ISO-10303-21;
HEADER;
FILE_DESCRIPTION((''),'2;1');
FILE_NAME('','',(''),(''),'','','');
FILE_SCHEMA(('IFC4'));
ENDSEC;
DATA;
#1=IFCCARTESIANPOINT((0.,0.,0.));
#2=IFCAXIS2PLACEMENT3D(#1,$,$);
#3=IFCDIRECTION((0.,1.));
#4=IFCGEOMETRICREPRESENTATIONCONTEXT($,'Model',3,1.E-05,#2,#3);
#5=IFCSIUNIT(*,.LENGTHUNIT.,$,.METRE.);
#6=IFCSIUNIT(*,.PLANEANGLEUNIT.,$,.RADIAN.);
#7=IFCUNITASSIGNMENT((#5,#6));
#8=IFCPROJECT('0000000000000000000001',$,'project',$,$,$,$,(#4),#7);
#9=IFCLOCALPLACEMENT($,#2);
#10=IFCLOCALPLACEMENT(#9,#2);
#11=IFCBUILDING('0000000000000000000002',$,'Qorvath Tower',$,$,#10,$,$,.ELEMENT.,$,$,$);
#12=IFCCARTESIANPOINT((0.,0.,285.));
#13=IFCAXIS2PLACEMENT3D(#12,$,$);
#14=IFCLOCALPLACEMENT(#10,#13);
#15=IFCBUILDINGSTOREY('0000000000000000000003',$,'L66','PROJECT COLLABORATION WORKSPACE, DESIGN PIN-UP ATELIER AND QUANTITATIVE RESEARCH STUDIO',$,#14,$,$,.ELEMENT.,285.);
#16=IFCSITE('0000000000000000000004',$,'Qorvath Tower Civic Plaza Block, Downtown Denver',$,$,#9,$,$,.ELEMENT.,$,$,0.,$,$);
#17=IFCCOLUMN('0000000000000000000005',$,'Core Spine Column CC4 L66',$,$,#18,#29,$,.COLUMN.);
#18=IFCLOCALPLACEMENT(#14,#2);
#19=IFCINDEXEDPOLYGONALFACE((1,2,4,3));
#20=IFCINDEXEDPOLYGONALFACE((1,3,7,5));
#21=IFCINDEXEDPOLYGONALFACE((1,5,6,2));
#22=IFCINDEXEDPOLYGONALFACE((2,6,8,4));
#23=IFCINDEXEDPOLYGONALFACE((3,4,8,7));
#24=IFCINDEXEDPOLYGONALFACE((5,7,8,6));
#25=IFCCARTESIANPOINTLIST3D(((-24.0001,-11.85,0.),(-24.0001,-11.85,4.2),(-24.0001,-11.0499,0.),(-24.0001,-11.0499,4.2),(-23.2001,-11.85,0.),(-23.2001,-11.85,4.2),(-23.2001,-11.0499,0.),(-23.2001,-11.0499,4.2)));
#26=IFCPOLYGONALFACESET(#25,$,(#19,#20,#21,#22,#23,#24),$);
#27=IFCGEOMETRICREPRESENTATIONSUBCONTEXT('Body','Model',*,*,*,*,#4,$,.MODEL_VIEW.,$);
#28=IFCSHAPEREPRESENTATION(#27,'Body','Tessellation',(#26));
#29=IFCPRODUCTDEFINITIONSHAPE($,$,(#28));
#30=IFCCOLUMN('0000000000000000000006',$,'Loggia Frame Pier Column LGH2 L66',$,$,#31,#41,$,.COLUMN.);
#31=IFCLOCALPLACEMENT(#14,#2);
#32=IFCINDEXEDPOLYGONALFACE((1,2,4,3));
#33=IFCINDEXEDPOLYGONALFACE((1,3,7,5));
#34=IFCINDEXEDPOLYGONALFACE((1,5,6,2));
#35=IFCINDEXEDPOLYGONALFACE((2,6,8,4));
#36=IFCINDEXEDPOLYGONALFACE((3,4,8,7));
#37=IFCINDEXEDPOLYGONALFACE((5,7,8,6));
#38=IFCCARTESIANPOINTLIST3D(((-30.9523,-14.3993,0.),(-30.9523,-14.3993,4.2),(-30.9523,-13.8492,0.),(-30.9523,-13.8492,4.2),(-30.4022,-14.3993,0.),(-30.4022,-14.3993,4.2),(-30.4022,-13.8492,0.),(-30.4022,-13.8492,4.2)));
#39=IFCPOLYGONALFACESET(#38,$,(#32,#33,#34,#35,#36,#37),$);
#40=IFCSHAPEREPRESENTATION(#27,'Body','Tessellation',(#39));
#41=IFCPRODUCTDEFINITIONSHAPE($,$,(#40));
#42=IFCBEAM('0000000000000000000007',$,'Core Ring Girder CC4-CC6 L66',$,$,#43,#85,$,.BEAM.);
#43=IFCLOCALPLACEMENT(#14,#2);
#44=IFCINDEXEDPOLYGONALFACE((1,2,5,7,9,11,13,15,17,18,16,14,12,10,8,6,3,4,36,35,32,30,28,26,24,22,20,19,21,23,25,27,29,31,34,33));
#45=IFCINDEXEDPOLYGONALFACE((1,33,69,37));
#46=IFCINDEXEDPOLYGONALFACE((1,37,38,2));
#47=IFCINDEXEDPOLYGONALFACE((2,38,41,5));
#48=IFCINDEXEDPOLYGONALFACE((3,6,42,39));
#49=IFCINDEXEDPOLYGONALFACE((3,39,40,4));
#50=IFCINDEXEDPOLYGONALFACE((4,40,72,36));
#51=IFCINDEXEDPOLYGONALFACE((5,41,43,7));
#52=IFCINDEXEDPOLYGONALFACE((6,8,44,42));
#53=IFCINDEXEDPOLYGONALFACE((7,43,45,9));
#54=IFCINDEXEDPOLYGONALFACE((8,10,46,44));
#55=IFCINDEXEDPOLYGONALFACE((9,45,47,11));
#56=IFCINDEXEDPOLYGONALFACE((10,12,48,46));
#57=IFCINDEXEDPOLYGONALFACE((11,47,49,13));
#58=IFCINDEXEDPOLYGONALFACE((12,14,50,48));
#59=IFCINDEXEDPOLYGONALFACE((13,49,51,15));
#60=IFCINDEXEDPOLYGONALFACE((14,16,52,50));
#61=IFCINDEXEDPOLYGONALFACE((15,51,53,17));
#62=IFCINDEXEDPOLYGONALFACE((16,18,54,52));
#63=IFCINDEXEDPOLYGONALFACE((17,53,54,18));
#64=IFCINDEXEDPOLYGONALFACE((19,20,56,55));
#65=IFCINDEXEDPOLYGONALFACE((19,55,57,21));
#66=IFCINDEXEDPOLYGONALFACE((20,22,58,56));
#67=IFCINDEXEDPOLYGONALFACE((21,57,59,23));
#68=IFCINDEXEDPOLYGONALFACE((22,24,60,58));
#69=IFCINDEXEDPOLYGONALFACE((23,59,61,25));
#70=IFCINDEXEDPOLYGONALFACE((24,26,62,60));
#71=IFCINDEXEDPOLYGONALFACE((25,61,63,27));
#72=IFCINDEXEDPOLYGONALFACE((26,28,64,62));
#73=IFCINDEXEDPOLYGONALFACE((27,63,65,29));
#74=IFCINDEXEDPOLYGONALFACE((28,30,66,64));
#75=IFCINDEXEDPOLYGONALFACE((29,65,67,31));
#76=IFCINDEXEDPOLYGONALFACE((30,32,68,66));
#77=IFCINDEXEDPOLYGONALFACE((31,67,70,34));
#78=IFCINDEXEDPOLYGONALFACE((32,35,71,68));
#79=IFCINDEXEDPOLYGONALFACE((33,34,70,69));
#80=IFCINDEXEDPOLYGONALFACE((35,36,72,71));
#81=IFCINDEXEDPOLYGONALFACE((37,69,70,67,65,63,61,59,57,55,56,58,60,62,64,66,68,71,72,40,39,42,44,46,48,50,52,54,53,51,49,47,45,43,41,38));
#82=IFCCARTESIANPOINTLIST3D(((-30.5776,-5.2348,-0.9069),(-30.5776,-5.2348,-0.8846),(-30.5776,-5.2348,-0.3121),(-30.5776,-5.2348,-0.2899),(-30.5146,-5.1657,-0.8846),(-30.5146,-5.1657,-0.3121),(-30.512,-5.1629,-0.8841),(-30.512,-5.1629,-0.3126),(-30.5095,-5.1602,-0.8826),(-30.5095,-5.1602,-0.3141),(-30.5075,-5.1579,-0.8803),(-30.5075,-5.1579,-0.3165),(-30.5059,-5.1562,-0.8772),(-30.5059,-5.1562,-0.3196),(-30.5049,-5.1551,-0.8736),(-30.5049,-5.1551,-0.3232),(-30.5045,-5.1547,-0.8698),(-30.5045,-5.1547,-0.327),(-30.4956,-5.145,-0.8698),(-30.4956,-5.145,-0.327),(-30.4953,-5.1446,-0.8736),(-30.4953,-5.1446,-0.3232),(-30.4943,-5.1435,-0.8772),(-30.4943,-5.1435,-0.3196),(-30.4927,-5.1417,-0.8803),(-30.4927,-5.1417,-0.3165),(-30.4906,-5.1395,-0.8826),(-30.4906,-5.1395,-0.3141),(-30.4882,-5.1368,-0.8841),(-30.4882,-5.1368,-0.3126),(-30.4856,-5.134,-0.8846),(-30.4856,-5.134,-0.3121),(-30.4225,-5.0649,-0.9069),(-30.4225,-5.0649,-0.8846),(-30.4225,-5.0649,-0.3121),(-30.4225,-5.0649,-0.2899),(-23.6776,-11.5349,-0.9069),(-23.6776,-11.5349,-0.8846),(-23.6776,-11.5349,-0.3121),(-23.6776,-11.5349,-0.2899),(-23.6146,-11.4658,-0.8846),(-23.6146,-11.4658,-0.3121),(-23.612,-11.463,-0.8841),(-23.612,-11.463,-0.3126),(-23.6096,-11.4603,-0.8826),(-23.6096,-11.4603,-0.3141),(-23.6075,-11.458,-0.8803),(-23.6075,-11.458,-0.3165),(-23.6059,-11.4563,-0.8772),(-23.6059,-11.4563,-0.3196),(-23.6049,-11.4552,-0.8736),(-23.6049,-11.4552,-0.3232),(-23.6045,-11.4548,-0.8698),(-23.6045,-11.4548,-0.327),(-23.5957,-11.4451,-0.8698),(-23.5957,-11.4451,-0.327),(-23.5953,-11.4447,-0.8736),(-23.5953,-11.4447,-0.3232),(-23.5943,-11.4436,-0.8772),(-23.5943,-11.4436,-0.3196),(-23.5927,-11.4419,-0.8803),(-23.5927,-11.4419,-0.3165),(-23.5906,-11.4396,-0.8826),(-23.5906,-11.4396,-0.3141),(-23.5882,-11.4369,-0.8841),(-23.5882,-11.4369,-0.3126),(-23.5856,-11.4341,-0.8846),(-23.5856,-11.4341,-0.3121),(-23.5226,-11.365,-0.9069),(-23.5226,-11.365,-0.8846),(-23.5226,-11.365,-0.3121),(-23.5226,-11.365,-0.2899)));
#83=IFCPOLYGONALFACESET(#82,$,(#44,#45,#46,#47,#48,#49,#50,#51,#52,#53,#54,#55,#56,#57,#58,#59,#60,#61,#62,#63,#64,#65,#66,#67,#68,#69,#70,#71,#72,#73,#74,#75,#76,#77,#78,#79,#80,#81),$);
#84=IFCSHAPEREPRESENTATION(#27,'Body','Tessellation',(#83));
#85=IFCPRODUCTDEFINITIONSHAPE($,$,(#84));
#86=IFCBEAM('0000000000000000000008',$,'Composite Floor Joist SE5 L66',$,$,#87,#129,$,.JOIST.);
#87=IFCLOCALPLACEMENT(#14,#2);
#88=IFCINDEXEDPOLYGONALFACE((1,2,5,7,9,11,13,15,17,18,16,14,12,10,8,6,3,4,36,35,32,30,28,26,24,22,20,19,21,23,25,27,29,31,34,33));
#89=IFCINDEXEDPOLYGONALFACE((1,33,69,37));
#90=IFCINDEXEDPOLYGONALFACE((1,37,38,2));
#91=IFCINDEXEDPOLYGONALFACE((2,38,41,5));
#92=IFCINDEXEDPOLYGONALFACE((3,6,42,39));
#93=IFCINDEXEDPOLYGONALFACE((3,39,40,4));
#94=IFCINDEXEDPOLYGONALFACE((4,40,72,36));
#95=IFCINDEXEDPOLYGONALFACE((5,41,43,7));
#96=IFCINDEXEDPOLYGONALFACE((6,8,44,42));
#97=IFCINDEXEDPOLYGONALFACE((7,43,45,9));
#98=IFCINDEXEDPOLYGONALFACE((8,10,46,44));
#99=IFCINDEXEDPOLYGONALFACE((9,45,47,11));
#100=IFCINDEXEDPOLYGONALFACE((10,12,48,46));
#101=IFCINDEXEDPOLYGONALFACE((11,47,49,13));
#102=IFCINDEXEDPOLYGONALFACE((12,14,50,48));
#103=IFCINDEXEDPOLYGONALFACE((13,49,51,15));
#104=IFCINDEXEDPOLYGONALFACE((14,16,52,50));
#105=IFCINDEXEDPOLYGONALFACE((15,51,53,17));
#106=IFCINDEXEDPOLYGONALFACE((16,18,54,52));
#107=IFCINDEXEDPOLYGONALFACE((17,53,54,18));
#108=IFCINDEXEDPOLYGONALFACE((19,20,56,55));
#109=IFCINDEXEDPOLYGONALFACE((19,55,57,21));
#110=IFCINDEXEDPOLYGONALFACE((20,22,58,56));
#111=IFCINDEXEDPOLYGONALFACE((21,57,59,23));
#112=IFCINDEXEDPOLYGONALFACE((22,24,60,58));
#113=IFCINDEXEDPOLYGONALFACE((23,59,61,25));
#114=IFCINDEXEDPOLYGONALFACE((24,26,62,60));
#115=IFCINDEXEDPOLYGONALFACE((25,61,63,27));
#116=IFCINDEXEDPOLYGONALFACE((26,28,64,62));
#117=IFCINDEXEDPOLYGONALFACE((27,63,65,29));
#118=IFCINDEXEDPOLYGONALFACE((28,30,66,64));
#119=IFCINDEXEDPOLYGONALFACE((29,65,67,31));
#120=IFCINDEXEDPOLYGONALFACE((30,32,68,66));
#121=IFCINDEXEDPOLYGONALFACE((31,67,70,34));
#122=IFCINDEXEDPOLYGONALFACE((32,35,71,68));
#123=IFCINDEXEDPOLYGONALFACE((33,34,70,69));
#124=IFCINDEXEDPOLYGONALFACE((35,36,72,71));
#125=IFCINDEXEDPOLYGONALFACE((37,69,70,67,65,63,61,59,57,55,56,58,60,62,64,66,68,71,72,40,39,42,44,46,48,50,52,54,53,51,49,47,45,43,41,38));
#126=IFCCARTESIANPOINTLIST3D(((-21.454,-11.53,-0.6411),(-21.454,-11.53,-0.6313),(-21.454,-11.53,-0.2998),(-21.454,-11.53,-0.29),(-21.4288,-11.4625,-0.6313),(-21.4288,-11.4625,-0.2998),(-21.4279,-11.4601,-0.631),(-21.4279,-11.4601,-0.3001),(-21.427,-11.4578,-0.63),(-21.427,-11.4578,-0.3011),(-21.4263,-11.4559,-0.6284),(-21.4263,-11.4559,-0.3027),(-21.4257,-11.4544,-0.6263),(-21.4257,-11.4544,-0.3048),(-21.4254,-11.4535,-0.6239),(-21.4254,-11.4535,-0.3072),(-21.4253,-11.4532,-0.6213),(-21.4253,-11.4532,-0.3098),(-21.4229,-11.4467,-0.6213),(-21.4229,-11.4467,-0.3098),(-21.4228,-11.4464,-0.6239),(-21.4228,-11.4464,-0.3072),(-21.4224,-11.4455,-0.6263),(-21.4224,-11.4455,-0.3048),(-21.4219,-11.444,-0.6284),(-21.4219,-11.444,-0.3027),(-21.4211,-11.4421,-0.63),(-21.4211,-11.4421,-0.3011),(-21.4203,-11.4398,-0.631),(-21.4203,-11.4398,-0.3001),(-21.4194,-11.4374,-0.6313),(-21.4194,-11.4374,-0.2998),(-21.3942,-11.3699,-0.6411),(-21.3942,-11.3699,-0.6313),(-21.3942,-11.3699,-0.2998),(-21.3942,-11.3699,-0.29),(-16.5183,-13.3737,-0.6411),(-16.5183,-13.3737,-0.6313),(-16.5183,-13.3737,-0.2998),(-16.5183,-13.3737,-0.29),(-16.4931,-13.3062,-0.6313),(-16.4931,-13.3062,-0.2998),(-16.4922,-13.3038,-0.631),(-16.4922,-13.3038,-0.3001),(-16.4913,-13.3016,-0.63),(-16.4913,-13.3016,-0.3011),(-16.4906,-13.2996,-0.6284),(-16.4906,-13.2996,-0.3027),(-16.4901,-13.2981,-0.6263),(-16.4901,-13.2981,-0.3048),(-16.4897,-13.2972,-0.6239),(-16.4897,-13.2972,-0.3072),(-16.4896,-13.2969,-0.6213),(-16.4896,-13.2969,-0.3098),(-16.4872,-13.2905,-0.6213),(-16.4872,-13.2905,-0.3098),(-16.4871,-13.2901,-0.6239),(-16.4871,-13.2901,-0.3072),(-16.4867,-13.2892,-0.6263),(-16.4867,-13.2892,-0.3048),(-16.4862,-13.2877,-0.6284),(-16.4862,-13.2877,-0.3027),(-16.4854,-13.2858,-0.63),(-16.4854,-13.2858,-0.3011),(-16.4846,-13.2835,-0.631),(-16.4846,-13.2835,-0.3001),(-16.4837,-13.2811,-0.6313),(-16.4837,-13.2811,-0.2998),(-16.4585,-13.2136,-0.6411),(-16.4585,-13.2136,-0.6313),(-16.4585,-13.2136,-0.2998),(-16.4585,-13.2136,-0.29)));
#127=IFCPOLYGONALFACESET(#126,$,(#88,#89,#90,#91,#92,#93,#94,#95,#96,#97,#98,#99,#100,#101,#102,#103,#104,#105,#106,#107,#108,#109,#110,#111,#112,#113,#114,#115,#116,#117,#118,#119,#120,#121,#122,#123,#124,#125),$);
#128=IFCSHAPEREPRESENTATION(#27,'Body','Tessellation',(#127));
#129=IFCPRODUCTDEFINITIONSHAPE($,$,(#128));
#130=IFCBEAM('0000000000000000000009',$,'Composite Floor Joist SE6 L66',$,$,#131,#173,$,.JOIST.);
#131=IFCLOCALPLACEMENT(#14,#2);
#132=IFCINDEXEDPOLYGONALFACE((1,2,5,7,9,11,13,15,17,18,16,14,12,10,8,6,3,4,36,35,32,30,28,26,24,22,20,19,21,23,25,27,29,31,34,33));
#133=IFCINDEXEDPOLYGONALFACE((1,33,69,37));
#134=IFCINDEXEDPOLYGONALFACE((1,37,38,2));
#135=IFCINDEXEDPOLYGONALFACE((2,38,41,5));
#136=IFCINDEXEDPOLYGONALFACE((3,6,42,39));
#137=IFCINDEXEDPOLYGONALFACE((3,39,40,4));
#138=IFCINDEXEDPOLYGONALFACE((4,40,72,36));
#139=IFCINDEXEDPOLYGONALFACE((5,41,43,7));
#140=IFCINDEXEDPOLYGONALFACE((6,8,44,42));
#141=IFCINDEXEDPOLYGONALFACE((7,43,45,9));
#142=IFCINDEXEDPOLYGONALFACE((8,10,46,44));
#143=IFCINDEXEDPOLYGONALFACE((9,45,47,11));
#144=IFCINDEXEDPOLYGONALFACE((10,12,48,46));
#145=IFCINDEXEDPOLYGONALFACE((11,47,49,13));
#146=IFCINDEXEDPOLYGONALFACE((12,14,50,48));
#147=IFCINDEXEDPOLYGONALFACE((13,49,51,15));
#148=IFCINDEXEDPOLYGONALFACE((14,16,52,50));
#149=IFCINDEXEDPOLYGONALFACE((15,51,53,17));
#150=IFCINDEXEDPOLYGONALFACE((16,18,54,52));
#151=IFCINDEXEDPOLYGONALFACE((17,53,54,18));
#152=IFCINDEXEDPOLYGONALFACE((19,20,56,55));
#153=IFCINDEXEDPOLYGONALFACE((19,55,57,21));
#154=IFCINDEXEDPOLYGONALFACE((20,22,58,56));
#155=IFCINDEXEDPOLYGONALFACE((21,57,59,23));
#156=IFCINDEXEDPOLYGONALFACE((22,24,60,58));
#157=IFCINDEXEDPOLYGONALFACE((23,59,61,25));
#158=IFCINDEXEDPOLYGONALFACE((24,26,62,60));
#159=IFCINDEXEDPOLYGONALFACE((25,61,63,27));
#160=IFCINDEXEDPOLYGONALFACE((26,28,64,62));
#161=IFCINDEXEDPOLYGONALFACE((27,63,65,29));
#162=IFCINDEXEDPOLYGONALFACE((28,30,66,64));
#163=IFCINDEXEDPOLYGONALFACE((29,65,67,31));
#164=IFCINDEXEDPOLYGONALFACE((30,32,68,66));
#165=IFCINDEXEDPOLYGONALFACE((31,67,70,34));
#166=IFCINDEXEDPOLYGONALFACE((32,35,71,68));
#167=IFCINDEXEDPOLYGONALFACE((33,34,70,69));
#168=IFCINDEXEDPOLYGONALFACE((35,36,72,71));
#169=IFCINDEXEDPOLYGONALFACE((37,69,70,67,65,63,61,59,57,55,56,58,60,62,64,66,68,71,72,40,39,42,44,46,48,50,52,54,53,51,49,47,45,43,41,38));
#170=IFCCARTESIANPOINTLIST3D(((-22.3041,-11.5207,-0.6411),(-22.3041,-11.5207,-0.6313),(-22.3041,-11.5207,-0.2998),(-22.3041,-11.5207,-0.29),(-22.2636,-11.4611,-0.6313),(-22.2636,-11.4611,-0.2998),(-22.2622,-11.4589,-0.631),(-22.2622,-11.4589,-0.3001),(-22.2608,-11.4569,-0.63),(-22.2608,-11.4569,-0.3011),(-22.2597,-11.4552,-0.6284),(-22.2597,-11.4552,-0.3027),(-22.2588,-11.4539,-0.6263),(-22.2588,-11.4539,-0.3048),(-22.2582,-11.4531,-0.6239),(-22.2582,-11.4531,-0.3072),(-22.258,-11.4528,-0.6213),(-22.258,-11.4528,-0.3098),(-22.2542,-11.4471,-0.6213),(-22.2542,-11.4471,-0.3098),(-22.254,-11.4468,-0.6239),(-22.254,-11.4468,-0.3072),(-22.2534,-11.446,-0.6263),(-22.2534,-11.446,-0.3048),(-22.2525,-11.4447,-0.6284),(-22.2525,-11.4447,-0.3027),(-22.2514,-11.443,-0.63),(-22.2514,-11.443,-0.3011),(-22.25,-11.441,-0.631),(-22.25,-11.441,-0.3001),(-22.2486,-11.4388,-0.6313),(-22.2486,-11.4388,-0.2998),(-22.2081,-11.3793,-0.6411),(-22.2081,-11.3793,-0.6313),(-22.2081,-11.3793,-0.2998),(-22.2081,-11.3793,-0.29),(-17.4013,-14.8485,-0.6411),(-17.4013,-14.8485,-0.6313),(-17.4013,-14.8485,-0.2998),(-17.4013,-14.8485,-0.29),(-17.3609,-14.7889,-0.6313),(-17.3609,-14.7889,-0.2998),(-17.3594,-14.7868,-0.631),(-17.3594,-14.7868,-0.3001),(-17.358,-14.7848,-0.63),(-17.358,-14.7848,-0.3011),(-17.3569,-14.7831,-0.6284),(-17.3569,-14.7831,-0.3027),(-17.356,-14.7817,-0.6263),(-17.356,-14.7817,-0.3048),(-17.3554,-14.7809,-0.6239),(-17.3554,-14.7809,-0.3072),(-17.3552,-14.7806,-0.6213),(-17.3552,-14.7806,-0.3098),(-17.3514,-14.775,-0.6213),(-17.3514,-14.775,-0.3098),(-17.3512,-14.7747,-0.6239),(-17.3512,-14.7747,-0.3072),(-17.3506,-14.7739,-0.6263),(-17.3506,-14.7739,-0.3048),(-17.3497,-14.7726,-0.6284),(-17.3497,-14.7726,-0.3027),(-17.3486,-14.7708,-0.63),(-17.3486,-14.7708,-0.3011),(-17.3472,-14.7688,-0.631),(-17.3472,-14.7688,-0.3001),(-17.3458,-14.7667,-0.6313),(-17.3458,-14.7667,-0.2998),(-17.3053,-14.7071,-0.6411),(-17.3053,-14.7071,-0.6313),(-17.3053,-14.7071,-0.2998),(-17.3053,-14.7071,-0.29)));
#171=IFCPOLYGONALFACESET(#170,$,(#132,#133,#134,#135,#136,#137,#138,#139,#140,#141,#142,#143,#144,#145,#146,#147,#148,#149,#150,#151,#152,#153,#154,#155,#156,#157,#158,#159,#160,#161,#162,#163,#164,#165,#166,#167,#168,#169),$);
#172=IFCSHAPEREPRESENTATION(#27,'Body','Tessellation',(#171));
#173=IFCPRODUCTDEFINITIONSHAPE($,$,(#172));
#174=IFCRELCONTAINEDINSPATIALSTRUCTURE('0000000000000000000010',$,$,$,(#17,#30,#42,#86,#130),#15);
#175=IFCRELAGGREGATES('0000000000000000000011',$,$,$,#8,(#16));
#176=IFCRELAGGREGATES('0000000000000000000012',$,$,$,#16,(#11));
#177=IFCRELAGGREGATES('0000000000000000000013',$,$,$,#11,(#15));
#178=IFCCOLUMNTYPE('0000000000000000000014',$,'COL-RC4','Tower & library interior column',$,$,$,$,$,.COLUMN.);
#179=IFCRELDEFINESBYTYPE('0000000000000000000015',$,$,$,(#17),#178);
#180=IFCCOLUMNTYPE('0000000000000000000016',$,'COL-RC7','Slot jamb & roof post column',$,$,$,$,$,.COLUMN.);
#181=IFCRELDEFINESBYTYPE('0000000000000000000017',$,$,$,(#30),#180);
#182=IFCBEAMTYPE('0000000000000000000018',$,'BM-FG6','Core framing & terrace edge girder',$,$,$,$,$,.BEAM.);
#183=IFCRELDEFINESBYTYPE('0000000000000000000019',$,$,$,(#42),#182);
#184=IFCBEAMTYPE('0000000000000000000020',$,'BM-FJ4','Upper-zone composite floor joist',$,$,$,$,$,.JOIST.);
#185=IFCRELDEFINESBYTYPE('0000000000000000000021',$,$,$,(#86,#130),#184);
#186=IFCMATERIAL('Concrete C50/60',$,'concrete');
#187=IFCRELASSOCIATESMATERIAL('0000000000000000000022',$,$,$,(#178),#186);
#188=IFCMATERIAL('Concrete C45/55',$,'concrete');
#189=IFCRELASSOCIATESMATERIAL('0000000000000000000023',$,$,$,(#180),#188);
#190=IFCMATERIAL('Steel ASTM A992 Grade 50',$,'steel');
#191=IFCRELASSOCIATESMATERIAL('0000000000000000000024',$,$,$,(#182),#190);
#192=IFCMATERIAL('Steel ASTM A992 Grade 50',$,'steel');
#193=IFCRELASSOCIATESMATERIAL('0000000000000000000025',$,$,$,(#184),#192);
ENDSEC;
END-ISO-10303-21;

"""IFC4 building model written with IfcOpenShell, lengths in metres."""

from ifc_helpers import new_model, si_unit, direction, frame, origin, origin_2d, place, context, subcontext, project, spatial, rectangle, i_section, extrude, material, material_profile, profile_set, type_object, element, save


model = new_model("IFC4")

# Units and contexts
model_context = context("Model", 3, precision=1e-05, world=origin(), true_north=direction((0.0, 1.0)))
body_context = subcontext(model_context, "Body", "Model", "MODEL_VIEW")
ifc_project = project(units=[si_unit("LENGTHUNIT", "METRE"), si_unit("PLANEANGLEUNIT", "RADIAN")], contexts=[model_context])

# Site, building, storey
site_placement = place(None, origin())
site = spatial("IfcSite", under=ifc_project, at=site_placement, Name="Qorvath Tower Civic Plaza Block, Downtown Denver", CompositionType="ELEMENT", RefElevation=0.0)
building_placement = place(site_placement, origin())
building = spatial("IfcBuilding", under=site, at=building_placement, Name="Qorvath Tower", CompositionType="ELEMENT")
storey_placement = place(building_placement, frame((0.0, 0.0, 285.0)))
storey = spatial("IfcBuildingStorey", under=building, at=storey_placement, Name="L66", Description="PROJECT COLLABORATION WORKSPACE, DESIGN PIN-UP ATELIER AND QUANTITATIVE RESEARCH STUDIO", CompositionType="ELEMENT", Elevation=285.0)

# Columns
ifc_material_1 = material(Name="Concrete C50/60", Category="concrete")
ifc_material_profile_1 = material_profile(ifc_material_1, rectangle(XDim=0.8, YDim=0.8, at=origin_2d()), Name="RC 800x800")
ifc_profile_set_1 = profile_set([ifc_material_profile_1], Name="Concrete C50/60")
column_type_1 = type_object("IfcColumnType", Name="COL-RC4", Description="Tower & library interior column", PredefinedType="COLUMN", material=ifc_profile_set_1)
column_1_placement = place(storey_placement, frame((-23.6001, -11.45, 0.0), z_axis=(0.0, 0.0, 1.0), x_axis=(1.0, 0.0, 0.0)))
element("IfcColumn", 1, at=column_1_placement, inside=storey, type_object=column_type_1, Name="Core Spine Column CC4 L66", PredefinedType="COLUMN", context=body_context, shape_type="SweptSolid", body=[
    extrude(rectangle(XDim=0.8, YDim=0.8, at=origin_2d()), origin(), (0.0, 0.0, 1.0), 4.2),
])
ifc_material_2 = material(Name="Concrete C45/55", Category="concrete")
ifc_material_profile_2 = material_profile(ifc_material_2, rectangle(XDim=0.55, YDim=0.55, at=origin_2d()), Name="RC 550x550")
ifc_profile_set_2 = profile_set([ifc_material_profile_2], Name="Concrete C45/55")
column_type_2 = type_object("IfcColumnType", Name="COL-RC7", Description="Slot jamb & roof post column", PredefinedType="COLUMN", material=ifc_profile_set_2)
column_2_placement = place(storey_placement, frame((-30.6772, -14.1243, 0.0), z_axis=(0.0, 0.0, 1.0), x_axis=(1.0, 0.0, 0.0)))
element("IfcColumn", 2, at=column_2_placement, inside=storey, type_object=column_type_2, Name="Loggia Frame Pier Column LGH2 L66", PredefinedType="COLUMN", context=body_context, shape_type="SweptSolid", body=[
    extrude(rectangle(XDim=0.55, YDim=0.55, at=origin_2d()), origin(), (0.0, 0.0, 1.0), 4.2),
])

# Beams
ifc_material_3 = material(Name="Steel ASTM A992 Grade 50", Category="steel")
ifc_material_profile_3 = material_profile(ifc_material_3, i_section(OverallWidth=0.23, OverallDepth=0.6169, WebThickness=0.0132, FlangeThickness=0.0222, FilletRadius=0.0149, at=origin_2d()), Name="W24x94")
ifc_profile_set_3 = profile_set([ifc_material_profile_3], Name="Steel ASTM A992 Grade 50")
beam_type_1 = type_object("IfcBeamType", Name="BM-FG6", Description="Core framing & terrace edge girder", PredefinedType="BEAM", material=ifc_profile_set_3)
beam_1_placement = place(storey_placement, frame((-23.6001, -11.45, -0.5984), z_axis=(-0.738478, 0.674277, 0.0), x_axis=(-0.674277, -0.738478, 0.0)))
element("IfcBeam", 3, at=beam_1_placement, inside=storey, type_object=beam_type_1, Name="Core Ring Girder CC4-CC6 L66", PredefinedType="BEAM", context=body_context, shape_type="SweptSolid", body=[
    extrude(i_section(OverallWidth=0.23, OverallDepth=0.6169, WebThickness=0.0132, FlangeThickness=0.0222, FilletRadius=0.0149, at=origin_2d()), origin(), (0.0, 0.0, 1.0), 9.3435),
])
ifc_material_4 = material(Name="Steel ASTM A992 Grade 50", Category="steel")
ifc_material_profile_4 = material_profile(ifc_material_4, i_section(OverallWidth=0.1709, OverallDepth=0.3511, WebThickness=0.0068, FlangeThickness=0.0098, FilletRadius=0.01, at=origin_2d()), Name="W14x30")
ifc_profile_set_4 = profile_set([ifc_material_profile_4], Name="Steel ASTM A992 Grade 50")
beam_type_2 = type_object("IfcBeamType", Name="BM-FJ4", Description="Upper-zone composite floor joist", PredefinedType="JOIST", material=ifc_profile_set_4)
beam_2_placement = place(storey_placement, frame((-21.4241, -11.45, -0.4656), z_axis=(0.936776, -0.34993, 0.0), x_axis=(0.34993, 0.936776, 0.0)))
element("IfcBeam", 4, at=beam_2_placement, inside=storey, type_object=beam_type_2, Name="Composite Floor Joist SE5 L66", PredefinedType="JOIST", context=body_context, shape_type="SweptSolid", body=[
    extrude(i_section(OverallWidth=0.1709, OverallDepth=0.3511, WebThickness=0.0068, FlangeThickness=0.0098, FilletRadius=0.01, at=origin_2d()), origin(), (0.0, 0.0, 1.0), 5.2688),
])
beam_3_placement = place(storey_placement, frame((-22.2561, -11.45, -0.4656), z_axis=(0.827401, -0.561612, 0.0), x_axis=(0.561612, 0.827401, 0.0)))
element("IfcBeam", 5, at=beam_3_placement, inside=storey, type_object=beam_type_2, Name="Composite Floor Joist SE6 L66", PredefinedType="JOIST", context=body_context, shape_type="SweptSolid", body=[
    extrude(i_section(OverallWidth=0.1709, OverallDepth=0.3511, WebThickness=0.0068, FlangeThickness=0.0098, FilletRadius=0.01, at=origin_2d()), origin(), (0.0, 0.0, 1.0), 5.9255),
])

save(model, "model.ifc")
